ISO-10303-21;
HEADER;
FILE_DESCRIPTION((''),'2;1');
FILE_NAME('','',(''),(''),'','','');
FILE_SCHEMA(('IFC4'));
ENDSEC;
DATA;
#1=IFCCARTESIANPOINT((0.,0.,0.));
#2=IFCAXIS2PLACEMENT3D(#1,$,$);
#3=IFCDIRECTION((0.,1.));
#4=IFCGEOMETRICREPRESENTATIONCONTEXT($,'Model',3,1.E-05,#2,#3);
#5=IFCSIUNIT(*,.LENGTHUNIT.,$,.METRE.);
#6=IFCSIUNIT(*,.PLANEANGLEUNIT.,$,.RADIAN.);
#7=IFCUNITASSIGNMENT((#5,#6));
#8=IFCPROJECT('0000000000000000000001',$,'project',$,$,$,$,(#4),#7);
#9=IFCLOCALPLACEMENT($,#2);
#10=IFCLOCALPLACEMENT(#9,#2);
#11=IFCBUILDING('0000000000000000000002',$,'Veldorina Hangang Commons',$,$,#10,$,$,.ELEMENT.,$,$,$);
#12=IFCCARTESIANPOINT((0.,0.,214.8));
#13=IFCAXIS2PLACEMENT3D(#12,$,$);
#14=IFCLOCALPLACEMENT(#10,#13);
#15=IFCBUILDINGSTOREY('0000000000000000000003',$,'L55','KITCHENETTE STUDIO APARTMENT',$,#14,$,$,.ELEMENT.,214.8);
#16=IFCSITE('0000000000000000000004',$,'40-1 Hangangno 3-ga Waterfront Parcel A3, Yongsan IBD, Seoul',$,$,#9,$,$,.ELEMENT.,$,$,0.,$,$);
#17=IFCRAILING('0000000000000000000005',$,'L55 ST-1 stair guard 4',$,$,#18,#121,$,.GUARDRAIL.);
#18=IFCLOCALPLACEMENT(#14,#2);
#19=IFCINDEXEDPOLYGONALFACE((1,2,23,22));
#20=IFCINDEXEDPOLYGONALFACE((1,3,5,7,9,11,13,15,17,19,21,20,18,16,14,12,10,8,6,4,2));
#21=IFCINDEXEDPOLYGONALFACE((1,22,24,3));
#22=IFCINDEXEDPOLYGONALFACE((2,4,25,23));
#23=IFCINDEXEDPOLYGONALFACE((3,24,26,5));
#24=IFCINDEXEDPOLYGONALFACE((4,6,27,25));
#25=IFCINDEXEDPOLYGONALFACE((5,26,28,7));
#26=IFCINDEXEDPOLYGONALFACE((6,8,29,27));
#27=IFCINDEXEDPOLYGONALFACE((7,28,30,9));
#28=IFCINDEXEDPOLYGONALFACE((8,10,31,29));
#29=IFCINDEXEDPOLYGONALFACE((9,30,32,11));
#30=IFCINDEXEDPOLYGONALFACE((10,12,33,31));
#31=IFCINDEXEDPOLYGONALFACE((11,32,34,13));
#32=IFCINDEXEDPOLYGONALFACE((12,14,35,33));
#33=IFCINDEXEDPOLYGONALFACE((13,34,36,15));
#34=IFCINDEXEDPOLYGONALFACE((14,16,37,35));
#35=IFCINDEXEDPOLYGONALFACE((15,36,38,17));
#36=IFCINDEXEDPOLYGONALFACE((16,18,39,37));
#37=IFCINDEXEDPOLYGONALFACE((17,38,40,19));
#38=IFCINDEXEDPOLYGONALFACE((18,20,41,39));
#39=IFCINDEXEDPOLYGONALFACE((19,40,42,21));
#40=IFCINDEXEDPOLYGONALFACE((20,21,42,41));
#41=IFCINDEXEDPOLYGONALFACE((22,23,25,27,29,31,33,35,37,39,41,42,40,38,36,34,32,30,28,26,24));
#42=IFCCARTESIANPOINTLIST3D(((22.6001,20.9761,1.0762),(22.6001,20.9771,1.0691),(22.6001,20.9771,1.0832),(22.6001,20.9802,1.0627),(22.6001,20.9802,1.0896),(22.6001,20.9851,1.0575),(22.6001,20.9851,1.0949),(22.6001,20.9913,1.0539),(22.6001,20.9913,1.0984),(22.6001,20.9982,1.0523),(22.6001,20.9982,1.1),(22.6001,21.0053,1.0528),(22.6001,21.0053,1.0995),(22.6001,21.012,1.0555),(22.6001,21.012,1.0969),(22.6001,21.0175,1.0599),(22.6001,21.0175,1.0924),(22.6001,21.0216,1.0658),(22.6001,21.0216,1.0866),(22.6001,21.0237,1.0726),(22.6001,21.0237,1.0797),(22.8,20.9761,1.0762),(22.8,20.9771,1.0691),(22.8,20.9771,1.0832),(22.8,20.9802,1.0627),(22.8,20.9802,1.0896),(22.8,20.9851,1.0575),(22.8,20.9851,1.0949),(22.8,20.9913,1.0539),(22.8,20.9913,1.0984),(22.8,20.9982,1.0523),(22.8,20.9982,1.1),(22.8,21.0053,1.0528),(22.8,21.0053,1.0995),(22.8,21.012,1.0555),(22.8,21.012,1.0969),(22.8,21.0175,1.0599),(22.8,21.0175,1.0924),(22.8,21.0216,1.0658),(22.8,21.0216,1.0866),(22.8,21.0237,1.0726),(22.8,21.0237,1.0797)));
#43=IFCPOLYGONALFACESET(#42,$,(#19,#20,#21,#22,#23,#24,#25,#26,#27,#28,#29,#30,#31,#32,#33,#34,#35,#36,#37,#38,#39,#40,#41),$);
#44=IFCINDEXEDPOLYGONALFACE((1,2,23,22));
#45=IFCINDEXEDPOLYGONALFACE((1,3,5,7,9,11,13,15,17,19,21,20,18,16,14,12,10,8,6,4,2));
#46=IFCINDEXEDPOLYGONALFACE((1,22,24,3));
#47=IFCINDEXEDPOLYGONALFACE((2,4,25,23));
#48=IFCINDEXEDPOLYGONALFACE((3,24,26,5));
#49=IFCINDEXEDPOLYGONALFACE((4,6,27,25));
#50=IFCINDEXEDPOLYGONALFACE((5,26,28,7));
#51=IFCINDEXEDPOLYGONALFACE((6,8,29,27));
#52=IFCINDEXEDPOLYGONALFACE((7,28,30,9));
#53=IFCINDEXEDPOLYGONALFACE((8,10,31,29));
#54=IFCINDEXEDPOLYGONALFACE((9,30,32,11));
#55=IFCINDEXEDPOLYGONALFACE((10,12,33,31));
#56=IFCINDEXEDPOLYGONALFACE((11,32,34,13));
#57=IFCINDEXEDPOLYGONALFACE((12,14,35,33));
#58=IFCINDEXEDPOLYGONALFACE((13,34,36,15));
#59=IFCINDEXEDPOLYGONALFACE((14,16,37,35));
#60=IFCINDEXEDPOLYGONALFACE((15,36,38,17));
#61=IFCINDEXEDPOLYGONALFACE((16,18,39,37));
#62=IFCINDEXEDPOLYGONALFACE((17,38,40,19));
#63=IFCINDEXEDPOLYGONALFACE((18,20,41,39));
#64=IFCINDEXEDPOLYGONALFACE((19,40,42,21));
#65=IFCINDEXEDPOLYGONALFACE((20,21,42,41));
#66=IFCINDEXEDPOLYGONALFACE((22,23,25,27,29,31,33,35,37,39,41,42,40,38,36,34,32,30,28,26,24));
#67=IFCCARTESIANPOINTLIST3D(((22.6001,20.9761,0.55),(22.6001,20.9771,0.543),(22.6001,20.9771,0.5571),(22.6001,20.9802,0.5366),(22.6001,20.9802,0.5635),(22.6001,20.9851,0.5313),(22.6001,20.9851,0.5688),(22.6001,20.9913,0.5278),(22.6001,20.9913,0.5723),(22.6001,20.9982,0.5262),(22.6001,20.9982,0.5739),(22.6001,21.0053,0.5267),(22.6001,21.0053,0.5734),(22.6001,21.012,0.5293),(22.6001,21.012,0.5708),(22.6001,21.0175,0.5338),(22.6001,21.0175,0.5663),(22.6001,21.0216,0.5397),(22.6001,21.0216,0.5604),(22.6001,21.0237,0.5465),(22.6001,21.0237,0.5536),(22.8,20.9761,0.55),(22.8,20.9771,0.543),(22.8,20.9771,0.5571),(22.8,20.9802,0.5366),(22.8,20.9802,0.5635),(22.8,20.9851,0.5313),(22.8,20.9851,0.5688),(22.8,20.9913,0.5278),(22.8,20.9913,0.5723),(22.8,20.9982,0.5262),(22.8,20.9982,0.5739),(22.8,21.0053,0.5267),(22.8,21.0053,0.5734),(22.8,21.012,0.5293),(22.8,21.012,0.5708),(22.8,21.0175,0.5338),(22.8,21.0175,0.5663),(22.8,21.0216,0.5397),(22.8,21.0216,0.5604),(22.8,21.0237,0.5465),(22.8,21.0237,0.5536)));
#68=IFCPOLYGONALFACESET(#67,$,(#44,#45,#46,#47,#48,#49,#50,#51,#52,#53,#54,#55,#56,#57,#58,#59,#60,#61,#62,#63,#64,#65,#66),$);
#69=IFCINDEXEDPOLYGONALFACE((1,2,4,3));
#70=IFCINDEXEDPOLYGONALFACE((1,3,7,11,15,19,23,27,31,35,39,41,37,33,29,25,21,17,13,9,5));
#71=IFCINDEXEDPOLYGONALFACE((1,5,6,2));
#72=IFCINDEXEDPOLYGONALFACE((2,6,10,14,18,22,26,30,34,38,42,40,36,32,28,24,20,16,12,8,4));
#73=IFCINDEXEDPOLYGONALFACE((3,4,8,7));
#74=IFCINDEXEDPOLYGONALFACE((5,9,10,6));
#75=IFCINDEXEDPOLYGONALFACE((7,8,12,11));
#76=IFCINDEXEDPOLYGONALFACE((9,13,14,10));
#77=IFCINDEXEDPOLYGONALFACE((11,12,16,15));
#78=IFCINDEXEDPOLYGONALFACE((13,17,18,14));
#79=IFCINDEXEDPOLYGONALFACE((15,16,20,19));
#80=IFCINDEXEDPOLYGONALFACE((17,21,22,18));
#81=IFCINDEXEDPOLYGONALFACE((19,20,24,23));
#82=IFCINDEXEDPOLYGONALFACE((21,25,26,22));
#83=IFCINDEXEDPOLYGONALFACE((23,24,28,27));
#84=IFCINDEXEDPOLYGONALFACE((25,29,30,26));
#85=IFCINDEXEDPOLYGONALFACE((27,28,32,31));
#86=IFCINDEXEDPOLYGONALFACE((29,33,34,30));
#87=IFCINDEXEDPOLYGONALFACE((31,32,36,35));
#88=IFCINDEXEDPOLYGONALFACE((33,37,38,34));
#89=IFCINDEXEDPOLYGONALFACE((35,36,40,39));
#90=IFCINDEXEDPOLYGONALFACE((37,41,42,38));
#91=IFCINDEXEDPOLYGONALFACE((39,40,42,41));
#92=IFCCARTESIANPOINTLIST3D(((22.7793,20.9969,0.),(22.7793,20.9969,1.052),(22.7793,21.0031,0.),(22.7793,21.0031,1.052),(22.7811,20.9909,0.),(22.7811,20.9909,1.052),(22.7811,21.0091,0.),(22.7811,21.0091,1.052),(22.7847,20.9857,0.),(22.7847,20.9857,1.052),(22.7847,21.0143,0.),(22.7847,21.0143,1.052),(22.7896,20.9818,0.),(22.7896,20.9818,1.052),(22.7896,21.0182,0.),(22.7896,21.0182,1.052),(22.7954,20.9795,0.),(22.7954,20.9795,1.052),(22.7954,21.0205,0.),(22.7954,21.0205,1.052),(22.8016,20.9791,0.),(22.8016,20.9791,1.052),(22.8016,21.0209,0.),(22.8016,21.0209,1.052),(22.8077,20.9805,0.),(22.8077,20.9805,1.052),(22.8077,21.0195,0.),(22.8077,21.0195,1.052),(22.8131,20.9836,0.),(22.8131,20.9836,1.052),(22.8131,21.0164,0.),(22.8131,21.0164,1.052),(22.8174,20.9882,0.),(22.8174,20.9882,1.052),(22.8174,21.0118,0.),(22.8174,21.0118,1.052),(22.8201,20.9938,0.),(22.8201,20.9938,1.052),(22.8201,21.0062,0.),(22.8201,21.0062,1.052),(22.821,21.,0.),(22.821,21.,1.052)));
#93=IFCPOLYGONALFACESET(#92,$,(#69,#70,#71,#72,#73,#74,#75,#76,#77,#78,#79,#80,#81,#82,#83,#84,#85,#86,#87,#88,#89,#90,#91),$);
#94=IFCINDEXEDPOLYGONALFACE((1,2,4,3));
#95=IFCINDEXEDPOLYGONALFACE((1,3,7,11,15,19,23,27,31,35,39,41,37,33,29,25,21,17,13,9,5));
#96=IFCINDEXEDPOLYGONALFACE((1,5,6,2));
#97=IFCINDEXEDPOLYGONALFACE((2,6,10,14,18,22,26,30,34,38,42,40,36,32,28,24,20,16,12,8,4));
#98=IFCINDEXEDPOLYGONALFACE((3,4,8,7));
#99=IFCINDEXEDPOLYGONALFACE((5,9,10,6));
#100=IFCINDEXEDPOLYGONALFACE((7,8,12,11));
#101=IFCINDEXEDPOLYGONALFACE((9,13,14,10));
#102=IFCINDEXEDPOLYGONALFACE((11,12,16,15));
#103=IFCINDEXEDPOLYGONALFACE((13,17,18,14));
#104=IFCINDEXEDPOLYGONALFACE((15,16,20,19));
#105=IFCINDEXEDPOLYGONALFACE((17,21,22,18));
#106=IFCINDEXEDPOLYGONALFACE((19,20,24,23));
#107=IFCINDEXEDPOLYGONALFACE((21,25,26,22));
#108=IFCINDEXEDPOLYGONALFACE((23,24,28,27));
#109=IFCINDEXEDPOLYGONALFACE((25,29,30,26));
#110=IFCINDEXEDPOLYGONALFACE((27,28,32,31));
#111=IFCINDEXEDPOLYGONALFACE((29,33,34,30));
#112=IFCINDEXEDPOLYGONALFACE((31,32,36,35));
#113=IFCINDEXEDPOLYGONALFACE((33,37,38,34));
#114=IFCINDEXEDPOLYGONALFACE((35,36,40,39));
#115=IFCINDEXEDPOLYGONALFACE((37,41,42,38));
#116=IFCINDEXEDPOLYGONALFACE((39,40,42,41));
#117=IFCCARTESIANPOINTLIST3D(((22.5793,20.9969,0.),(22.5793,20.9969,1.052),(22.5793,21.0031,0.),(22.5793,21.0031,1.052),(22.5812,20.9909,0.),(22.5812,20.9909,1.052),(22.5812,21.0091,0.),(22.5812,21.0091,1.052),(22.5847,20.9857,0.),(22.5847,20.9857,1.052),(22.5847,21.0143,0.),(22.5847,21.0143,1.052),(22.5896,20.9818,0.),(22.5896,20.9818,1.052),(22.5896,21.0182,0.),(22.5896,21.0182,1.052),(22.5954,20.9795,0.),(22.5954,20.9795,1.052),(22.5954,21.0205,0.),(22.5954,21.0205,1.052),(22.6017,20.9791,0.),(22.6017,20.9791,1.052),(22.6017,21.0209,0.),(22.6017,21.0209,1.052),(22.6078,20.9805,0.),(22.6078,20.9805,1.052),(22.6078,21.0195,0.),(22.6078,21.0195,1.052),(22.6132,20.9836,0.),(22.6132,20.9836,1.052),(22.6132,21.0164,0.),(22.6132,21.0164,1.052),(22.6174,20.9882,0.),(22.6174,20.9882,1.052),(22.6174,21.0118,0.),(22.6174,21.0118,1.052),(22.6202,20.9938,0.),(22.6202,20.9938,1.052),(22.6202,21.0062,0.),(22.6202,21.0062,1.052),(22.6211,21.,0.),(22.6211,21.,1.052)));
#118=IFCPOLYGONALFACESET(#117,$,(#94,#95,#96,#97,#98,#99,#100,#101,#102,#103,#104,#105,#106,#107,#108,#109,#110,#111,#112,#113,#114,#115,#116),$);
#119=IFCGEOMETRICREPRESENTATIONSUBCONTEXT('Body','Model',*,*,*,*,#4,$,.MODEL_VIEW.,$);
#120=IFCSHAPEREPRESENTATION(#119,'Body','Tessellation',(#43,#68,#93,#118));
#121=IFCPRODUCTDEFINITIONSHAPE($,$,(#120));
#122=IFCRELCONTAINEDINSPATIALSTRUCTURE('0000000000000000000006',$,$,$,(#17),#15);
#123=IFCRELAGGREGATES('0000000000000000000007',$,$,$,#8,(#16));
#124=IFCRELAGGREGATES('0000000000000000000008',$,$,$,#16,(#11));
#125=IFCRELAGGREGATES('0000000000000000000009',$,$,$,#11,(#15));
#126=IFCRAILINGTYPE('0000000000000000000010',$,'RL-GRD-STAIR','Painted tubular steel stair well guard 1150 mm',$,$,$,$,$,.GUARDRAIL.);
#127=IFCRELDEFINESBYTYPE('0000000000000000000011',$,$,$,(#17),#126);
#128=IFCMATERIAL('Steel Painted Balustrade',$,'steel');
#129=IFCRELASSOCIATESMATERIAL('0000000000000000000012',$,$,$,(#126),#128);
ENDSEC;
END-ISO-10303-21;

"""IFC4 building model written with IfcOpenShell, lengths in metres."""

from ifc_helpers import new_model, si_unit, direction, frame, origin, origin_2d, place, context, subcontext, project, spatial, circle, extrude, material, type_object, element, save


model = new_model("IFC4")

# Units and contexts
model_context = context("Model", 3, precision=1e-05, world=origin(), true_north=direction((0.0, 1.0)))
body_context = subcontext(model_context, "Body", "Model", "MODEL_VIEW")
ifc_project = project(units=[si_unit("LENGTHUNIT", "METRE"), si_unit("PLANEANGLEUNIT", "RADIAN")], contexts=[model_context])

# Site, building, storey
site_placement = place(None, origin())
site = spatial("IfcSite", under=ifc_project, at=site_placement, Name="40-1 Hangangno 3-ga Waterfront Parcel A3, Yongsan IBD, Seoul", CompositionType="ELEMENT", RefElevation=0.0)
building_placement = place(site_placement, origin())
building = spatial("IfcBuilding", under=site, at=building_placement, Name="Veldorina Hangang Commons", CompositionType="ELEMENT")
storey_placement = place(building_placement, frame((0.0, 0.0, 214.8)))
storey = spatial("IfcBuildingStorey", under=building, at=storey_placement, Name="L55", Description="KITCHENETTE STUDIO APARTMENT", CompositionType="ELEMENT", Elevation=214.8)

# Railing
ifc_material_1 = material(Name="Steel Painted Balustrade", Category="steel")
railing_type_1 = type_object("IfcRailingType", Name="RL-GRD-STAIR", Description="Painted tubular steel stair well guard 1150 mm", PredefinedType="GUARDRAIL", material=ifc_material_1)
railing_1_placement = place(storey_placement, frame((22.8, 21.0, 0.0)))
element("IfcRailing", 1, at=railing_1_placement, inside=storey, type_object=railing_type_1, Name="L55 ST-1 stair guard 4", PredefinedType="GUARDRAIL", context=body_context, shape_type="SweptSolid", body=[
    extrude(circle(Radius=0.0239, at=origin_2d()), frame((0.0, 0.0, 1.0762), z_axis=(-1.0, 0.0, 0.0), x_axis=(0.0, -1.0, 0.0)), (0.0, 0.0, 1.0), 0.2),
    extrude(circle(Radius=0.0239, at=origin_2d()), frame((0.0, 0.0, 0.55), z_axis=(-1.0, 0.0, 0.0), x_axis=(0.0, -1.0, 0.0)), (0.0, 0.0, 1.0), 0.2),
    extrude(circle(Radius=0.021, at=origin_2d()), origin(), (0.0, 0.0, 1.0), 1.052),
    extrude(circle(Radius=0.021, at=origin_2d()), frame((-0.2, 0.0, 0.0)), (0.0, 0.0, 1.0), 1.052),
])

save(model, "model.ifc")
